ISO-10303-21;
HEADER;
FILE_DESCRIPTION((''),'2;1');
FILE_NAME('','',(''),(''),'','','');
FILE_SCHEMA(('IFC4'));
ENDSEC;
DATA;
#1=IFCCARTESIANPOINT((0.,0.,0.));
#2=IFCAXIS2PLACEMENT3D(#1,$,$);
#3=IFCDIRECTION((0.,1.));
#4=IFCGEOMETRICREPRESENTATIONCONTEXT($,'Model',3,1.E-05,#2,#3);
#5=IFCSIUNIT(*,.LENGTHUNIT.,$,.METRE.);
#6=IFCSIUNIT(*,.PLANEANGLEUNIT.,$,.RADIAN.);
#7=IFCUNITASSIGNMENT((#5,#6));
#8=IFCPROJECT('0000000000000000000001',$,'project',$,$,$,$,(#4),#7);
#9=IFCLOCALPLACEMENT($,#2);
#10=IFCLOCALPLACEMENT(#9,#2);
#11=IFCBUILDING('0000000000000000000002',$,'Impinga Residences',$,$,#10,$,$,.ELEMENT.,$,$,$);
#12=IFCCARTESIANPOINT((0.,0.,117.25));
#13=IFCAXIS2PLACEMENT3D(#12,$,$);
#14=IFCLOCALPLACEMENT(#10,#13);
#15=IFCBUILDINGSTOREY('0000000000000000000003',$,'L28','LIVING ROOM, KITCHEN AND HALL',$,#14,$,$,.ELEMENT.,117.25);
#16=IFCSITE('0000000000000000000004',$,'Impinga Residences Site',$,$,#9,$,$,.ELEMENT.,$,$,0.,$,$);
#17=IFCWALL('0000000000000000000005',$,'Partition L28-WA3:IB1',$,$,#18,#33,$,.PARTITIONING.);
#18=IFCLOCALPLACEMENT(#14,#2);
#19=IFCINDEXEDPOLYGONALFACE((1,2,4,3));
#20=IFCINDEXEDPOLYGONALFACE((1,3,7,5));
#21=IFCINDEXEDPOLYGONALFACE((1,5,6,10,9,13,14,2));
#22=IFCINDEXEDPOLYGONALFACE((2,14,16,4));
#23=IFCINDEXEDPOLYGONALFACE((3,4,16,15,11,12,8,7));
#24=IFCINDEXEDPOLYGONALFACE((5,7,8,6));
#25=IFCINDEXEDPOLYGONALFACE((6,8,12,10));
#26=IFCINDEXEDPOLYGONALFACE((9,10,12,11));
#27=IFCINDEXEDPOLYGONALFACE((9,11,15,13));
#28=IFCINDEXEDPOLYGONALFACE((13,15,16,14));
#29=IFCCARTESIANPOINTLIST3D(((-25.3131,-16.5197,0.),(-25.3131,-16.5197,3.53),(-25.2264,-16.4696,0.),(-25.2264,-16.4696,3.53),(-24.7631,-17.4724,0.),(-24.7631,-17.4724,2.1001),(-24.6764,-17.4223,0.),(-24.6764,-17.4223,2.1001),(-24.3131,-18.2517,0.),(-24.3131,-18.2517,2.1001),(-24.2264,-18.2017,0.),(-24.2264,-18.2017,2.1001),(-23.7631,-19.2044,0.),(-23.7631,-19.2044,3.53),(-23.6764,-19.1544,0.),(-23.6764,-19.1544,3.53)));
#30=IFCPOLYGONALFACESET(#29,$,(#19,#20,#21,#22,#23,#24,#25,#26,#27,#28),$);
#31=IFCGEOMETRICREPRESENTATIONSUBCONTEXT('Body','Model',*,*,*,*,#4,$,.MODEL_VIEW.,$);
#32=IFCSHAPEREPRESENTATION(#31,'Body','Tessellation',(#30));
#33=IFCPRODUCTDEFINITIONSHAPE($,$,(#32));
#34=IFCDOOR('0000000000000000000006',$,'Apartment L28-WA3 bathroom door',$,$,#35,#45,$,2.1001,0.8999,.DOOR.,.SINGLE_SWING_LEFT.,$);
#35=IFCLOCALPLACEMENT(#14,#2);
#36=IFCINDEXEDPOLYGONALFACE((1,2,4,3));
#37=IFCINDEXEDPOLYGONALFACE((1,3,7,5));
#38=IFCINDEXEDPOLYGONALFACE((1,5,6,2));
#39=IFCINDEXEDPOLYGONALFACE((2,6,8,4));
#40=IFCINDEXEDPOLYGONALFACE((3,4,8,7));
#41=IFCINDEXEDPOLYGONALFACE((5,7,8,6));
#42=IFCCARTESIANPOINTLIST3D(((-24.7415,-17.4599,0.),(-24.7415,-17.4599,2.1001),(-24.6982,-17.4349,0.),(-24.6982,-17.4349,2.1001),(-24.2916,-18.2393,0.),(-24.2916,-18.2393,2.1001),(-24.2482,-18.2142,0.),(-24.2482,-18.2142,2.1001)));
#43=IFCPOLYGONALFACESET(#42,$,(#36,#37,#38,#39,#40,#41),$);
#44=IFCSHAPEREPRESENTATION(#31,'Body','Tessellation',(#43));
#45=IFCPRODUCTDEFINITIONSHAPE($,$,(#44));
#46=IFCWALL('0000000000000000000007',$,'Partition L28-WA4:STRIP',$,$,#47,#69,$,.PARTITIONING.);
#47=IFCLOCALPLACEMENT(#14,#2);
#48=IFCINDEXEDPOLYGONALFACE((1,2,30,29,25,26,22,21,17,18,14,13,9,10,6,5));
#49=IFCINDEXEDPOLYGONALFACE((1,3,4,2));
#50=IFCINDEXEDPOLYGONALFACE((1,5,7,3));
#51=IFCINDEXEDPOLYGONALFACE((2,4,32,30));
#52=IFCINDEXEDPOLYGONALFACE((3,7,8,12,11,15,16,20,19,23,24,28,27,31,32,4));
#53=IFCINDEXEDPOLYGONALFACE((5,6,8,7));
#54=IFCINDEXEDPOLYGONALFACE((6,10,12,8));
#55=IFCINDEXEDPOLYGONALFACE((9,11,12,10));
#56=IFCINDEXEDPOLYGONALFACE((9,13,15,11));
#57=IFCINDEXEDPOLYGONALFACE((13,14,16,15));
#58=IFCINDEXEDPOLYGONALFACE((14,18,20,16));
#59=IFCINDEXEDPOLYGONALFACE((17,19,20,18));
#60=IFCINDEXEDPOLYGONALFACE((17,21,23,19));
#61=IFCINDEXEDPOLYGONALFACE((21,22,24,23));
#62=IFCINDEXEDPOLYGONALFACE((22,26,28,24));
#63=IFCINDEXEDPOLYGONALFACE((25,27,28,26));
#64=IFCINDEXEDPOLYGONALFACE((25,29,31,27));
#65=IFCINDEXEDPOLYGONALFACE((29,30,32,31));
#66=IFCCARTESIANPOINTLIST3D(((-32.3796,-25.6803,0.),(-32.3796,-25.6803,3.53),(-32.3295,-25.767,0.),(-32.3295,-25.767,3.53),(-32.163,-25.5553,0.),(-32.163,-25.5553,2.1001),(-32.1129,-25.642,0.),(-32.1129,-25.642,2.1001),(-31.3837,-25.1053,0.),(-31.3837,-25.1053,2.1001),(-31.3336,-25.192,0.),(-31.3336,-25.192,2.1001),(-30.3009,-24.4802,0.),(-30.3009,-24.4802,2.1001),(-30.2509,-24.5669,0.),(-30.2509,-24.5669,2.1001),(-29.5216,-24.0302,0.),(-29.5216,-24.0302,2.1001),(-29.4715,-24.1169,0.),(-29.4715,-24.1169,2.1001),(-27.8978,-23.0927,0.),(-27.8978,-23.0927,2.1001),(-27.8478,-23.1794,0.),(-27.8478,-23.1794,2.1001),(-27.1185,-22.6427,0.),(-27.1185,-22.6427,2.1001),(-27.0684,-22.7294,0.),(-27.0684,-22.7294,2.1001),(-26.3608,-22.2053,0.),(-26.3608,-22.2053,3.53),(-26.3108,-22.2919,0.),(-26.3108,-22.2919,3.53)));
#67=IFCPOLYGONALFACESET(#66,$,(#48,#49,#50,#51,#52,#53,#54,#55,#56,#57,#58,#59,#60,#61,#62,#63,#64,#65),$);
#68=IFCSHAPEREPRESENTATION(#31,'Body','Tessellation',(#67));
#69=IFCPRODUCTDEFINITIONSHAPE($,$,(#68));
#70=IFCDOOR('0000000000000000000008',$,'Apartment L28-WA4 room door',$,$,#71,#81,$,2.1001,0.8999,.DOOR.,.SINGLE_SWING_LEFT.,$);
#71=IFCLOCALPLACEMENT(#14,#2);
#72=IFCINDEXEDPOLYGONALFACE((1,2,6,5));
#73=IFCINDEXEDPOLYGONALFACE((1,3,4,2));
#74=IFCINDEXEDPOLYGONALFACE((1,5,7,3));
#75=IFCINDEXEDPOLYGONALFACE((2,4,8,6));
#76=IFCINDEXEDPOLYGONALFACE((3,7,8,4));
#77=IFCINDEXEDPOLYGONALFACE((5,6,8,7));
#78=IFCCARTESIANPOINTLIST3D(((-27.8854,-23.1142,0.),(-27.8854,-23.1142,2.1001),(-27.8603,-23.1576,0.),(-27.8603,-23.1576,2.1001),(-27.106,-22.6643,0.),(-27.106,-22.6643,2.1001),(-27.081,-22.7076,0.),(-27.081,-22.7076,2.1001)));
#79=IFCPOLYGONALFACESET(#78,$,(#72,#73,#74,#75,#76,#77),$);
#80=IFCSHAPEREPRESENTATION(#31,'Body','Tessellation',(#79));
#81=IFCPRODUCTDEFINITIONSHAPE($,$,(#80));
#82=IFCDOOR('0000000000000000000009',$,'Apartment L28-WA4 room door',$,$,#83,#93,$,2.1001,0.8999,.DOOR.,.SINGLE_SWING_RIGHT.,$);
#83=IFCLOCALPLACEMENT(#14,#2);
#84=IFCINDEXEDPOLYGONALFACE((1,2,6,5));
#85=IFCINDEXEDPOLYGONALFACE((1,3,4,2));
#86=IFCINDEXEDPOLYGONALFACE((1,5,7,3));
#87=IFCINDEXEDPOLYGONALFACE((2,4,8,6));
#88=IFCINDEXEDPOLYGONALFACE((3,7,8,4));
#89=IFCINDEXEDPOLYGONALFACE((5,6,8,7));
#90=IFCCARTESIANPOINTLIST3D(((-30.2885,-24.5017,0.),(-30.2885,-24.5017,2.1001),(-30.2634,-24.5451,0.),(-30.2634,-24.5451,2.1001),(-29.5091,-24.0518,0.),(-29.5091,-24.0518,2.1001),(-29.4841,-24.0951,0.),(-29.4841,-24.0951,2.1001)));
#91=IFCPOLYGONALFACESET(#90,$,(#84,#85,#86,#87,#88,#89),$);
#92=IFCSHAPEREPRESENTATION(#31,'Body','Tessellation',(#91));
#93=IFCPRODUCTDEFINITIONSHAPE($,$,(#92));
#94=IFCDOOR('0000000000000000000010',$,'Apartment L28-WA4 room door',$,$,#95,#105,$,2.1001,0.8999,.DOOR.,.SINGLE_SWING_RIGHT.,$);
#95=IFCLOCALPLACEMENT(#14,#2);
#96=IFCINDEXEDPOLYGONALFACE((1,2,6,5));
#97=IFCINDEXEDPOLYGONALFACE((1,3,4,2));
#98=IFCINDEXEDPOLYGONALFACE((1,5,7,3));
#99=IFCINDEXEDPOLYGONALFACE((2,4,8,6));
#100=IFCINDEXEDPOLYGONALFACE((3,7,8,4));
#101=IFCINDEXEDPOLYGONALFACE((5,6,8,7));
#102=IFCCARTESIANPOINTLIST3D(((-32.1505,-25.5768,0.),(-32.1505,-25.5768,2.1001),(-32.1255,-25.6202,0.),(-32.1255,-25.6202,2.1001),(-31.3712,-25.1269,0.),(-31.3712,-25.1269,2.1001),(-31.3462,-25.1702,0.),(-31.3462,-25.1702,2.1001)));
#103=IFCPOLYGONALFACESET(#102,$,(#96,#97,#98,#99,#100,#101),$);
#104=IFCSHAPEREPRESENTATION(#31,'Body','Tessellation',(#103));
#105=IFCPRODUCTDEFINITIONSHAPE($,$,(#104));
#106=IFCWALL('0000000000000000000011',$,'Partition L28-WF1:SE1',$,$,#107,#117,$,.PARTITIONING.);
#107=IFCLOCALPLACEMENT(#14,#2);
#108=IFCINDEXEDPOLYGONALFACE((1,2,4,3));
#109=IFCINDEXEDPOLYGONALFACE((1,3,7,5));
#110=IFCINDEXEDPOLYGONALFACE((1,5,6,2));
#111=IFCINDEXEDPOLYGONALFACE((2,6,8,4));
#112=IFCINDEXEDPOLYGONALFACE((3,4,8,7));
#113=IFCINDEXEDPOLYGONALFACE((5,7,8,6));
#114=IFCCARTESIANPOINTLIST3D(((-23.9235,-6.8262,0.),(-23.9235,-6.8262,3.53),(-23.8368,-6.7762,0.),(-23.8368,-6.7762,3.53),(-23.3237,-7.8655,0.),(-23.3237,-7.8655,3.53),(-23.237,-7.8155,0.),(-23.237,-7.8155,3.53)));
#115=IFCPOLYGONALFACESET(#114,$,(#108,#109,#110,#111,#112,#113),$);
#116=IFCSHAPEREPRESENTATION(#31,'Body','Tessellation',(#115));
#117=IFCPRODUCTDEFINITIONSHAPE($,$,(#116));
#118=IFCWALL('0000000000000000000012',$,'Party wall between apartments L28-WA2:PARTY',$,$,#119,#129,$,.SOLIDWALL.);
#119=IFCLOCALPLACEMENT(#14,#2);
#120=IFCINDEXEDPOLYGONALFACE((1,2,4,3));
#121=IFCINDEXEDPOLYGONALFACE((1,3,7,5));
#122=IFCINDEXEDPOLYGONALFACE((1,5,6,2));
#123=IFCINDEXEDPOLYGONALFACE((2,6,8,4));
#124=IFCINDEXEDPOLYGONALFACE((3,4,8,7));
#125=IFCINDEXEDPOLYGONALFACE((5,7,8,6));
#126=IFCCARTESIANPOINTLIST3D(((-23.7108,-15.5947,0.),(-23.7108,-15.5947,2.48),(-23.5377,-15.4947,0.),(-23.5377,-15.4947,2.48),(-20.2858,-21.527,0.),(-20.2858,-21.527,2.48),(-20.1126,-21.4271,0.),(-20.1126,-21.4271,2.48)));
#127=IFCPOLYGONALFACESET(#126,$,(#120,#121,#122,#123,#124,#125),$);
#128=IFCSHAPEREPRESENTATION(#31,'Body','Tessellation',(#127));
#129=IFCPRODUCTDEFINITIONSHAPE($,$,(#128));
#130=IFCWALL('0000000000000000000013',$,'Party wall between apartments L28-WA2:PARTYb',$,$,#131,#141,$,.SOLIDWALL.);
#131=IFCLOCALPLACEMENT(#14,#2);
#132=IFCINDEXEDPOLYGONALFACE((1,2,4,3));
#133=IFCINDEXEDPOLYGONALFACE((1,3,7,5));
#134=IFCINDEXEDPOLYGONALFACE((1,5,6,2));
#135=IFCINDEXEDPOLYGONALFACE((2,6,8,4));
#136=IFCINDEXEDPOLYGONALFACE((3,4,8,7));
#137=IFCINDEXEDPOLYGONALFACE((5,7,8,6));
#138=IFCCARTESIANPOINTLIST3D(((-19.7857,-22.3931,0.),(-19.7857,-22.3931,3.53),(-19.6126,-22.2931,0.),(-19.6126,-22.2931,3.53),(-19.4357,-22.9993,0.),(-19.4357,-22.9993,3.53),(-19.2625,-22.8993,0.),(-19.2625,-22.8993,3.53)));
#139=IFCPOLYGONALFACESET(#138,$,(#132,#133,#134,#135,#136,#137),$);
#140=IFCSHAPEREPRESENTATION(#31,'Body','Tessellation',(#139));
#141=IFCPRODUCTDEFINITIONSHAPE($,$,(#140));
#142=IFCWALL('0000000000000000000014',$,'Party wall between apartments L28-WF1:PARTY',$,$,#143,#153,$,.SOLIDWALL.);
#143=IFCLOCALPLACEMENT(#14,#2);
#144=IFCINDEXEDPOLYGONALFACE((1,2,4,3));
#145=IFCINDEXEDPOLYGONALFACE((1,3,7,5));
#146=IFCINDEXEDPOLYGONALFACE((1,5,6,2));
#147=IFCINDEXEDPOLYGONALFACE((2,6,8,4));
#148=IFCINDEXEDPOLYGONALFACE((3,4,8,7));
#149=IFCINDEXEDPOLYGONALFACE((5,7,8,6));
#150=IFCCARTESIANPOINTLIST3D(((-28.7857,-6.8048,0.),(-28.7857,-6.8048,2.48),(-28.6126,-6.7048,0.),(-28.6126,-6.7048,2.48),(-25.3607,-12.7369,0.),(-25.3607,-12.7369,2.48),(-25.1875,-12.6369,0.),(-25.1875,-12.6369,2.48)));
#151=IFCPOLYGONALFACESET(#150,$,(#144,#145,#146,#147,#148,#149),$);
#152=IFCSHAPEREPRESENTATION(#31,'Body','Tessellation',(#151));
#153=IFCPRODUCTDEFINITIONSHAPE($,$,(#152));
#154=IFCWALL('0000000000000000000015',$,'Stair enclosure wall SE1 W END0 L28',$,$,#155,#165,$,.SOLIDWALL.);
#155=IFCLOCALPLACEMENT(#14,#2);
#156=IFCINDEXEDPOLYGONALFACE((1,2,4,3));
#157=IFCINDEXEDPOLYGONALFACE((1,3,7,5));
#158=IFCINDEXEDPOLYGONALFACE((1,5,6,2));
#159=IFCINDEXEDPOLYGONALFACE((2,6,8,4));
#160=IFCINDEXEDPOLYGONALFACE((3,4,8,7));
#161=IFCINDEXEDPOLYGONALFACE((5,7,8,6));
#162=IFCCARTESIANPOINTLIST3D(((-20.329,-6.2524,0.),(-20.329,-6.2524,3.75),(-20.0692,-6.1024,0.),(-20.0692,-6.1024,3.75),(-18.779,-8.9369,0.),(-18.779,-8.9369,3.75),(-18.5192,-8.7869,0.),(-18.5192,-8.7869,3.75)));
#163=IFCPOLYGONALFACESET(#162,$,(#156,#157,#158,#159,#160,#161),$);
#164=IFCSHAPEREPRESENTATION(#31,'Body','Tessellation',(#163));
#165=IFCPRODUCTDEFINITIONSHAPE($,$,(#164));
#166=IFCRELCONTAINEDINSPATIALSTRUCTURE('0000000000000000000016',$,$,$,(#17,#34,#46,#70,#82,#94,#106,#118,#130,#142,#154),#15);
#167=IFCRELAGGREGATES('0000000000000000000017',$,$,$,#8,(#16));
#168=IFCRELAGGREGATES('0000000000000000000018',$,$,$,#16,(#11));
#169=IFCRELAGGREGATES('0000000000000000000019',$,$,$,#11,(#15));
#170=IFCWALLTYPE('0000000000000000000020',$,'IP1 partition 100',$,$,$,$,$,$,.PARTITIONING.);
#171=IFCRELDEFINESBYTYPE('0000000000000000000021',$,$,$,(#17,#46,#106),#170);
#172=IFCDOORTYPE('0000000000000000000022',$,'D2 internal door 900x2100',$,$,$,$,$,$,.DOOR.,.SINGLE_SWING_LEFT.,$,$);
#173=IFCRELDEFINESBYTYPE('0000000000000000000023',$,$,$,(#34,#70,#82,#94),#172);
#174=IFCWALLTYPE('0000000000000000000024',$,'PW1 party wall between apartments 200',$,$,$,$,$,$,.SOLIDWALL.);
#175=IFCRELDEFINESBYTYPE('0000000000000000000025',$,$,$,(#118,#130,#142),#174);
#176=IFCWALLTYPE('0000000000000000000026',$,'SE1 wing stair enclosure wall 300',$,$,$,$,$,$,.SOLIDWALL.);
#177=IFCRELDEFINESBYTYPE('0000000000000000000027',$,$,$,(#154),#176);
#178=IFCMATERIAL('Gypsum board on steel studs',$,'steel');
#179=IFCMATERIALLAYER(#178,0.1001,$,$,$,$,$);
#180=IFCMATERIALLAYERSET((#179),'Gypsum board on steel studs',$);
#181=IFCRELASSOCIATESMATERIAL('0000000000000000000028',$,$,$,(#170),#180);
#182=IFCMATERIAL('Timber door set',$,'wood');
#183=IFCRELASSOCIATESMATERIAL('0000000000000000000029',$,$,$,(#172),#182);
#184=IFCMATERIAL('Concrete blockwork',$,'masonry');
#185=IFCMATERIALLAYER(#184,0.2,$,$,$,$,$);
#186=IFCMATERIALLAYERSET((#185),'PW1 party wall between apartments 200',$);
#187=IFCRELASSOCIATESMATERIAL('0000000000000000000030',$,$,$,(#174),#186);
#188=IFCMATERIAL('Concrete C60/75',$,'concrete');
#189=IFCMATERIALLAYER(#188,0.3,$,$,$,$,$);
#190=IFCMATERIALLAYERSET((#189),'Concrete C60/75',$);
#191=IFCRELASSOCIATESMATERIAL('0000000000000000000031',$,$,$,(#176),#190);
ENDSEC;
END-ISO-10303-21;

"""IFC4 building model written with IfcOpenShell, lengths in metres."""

from ifc_helpers import new_model, si_unit, direction, frame, frame_2d, origin, place, context, subcontext, project, spatial, rectangle, extrude, material, layer, layer_set, type_object, element, fill, save


model = new_model("IFC4")

# Units and contexts
model_context = context("Model", 3, precision=1e-05, world=origin(), true_north=direction((0.0, 1.0)))
body_context = subcontext(model_context, "Body", "Model", "MODEL_VIEW")
ifc_project = project(units=[si_unit("LENGTHUNIT", "METRE"), si_unit("PLANEANGLEUNIT", "RADIAN")], contexts=[model_context])

# Site, building, storey
site_placement = place(None, origin())
site = spatial("IfcSite", under=ifc_project, at=site_placement, Name="Impinga Residences Site", CompositionType="ELEMENT", RefElevation=0.0)
building_placement = place(site_placement, origin())
building = spatial("IfcBuilding", under=site, at=building_placement, Name="Impinga Residences", CompositionType="ELEMENT")
storey_placement = place(building_placement, frame((0.0, 0.0, 117.25)))
storey = spatial("IfcBuildingStorey", under=building, at=storey_placement, Name="L28", Description="LIVING ROOM, KITCHEN AND HALL", CompositionType="ELEMENT", Elevation=117.25)

# Shared definitions
ifc_material_1 = material(Name="Concrete C60/75", Category="concrete")

# Shared definitions
ifc_material_2 = material(Name="Gypsum board on steel studs", Category="steel")
ifc_layer_1 = layer(ifc_material_2, 0.1001)
ifc_layer_set_1 = layer_set([ifc_layer_1], Name="Gypsum board on steel studs")
wall_type_1 = type_object("IfcWallType", Name="IP1 partition 100", PredefinedType="PARTITIONING", material=ifc_layer_set_1)

# Shared definitions
ifc_material_3 = material(Name="Timber door set", Category="wood")
door_type = type_object("IfcDoorType", Name="D2 internal door 900x2100", OperationType="SINGLE_SWING_LEFT", PredefinedType="DOOR", material=ifc_material_3)

# Wall, opening, door
wall_1_placement = place(storey_placement, frame((-25.2698, -16.4946, 0.0), z_axis=(0.0, 0.0, 1.0), x_axis=(0.499993, -0.86603, 0.0)))
wall_1 = element("IfcWall", 1, at=wall_1_placement, inside=storey, type_object=wall_type_1, Name="Partition L28-WA3:IB1", PredefinedType="PARTITIONING", context=body_context, shape_type="SweptSolid", body=[
    extrude(rectangle(XDim=3.1001, YDim=0.1001, at=frame_2d((1.55, 0.0))), origin(), (0.0, 0.0, 1.0), 3.53),
])
opening_1_placement = place(wall_1_placement, frame((1.1001, 0.0, 0.0)))
opening_1 = element("IfcOpeningElement", 2, at=opening_1_placement, cuts=wall_1, PredefinedType="OPENING", context=body_context, shape_type="SweptSolid", body=[
    extrude(rectangle(XDim=0.8999, YDim=2.1001, at=frame_2d((0.45, 1.05))), frame((0.0, 0.0601, 0.0), z_axis=(0.0, -1.0, 0.0), x_axis=(1.0, 0.0, 0.0)), (0.0, 0.0, 1.0), 0.1201),
])
door_1_placement = place(opening_1_placement, origin())
door_1 = element("IfcDoor", 3, at=door_1_placement, inside=storey, type_object=door_type, Name="Apartment L28-WA3 bathroom door", OperationType="SINGLE_SWING_LEFT", OverallHeight=2.1001, OverallWidth=0.8999, PredefinedType="DOOR", context=body_context, shape_type="SweptSolid", body=[
    extrude(rectangle(XDim=0.8999, YDim=2.1001, at=frame_2d((0.45, 1.05))), frame((0.0, 0.0249, 0.0), z_axis=(0.0, -1.0, 0.0), x_axis=(1.0, 0.0, 0.0)), (0.0, 0.0, 1.0), 0.05),
])
fill(opening_1, door_1)

# Wall, openings, doors
wall_2_placement = place(storey_placement, frame((-26.3357, -22.2485, 0.0), z_axis=(0.0, 0.0, 1.0), x_axis=(-0.866017, -0.500015, 0.0)))
wall_2 = element("IfcWall", 4, at=wall_2_placement, inside=storey, type_object=wall_type_1, Name="Partition L28-WA4:STRIP", PredefinedType="PARTITIONING", context=body_context, shape_type="SweptSolid", body=[
    extrude(rectangle(XDim=6.95, YDim=0.1001, at=frame_2d((3.4751, 0.0))), origin(), (0.0, 0.0, 1.0), 3.53),
])
opening_2_placement = place(wall_2_placement, frame((0.875, 0.0, 0.0)))
opening_2 = element("IfcOpeningElement", 5, at=opening_2_placement, cuts=wall_2, PredefinedType="OPENING", context=body_context, shape_type="SweptSolid", body=[
    extrude(rectangle(XDim=0.8999, YDim=2.1001, at=frame_2d((0.45, 1.05))), frame((0.0, 0.0601, 0.0), z_axis=(0.0, -1.0, 0.0), x_axis=(1.0, 0.0, 0.0)), (0.0, 0.0, 1.0), 0.1201),
])
opening_3_placement = place(wall_2_placement, frame((3.6499, 0.0, 0.0)))
opening_3 = element("IfcOpeningElement", 6, at=opening_3_placement, cuts=wall_2, PredefinedType="OPENING", context=body_context, shape_type="SweptSolid", body=[
    extrude(rectangle(XDim=0.8999, YDim=2.1001, at=frame_2d((0.45, 1.05))), frame((0.0, 0.0601, 0.0), z_axis=(0.0, -1.0, 0.0), x_axis=(1.0, 0.0, 0.0)), (0.0, 0.0, 1.0), 0.1201),
])
opening_4_placement = place(wall_2_placement, frame((5.8, 0.0, 0.0)))
opening_4 = element("IfcOpeningElement", 7, at=opening_4_placement, cuts=wall_2, PredefinedType="OPENING", context=body_context, shape_type="SweptSolid", body=[
    extrude(rectangle(XDim=0.8999, YDim=2.1001, at=frame_2d((0.45, 1.05))), frame((0.0, 0.0601, 0.0), z_axis=(0.0, -1.0, 0.0), x_axis=(1.0, 0.0, 0.0)), (0.0, 0.0, 1.0), 0.1201),
])
door_2_placement = place(opening_2_placement, origin())
door_2 = element("IfcDoor", 8, at=door_2_placement, inside=storey, type_object=door_type, Name="Apartment L28-WA4 room door", OperationType="SINGLE_SWING_LEFT", OverallHeight=2.1001, OverallWidth=0.8999, PredefinedType="DOOR", context=body_context, shape_type="SweptSolid", body=[
    extrude(rectangle(XDim=0.8999, YDim=2.1001, at=frame_2d((0.45, 1.05))), frame((0.0, 0.0249, 0.0), z_axis=(0.0, -1.0, 0.0), x_axis=(1.0, 0.0, 0.0)), (0.0, 0.0, 1.0), 0.05),
])
fill(opening_2, door_2)
door_3_placement = place(opening_3_placement, origin())
door_3 = element("IfcDoor", 9, at=door_3_placement, inside=storey, type_object=door_type, Name="Apartment L28-WA4 room door", OperationType="SINGLE_SWING_RIGHT", OverallHeight=2.1001, OverallWidth=0.8999, PredefinedType="DOOR", context=body_context, shape_type="SweptSolid", body=[
    extrude(rectangle(XDim=0.8999, YDim=2.1001, at=frame_2d((0.45, 1.05))), frame((0.0, 0.0249, 0.0), z_axis=(0.0, -1.0, 0.0), x_axis=(1.0, 0.0, 0.0)), (0.0, 0.0, 1.0), 0.05),
])
fill(opening_3, door_3)
door_4_placement = place(opening_4_placement, origin())
door_4 = element("IfcDoor", 10, at=door_4_placement, inside=storey, type_object=door_type, Name="Apartment L28-WA4 room door", OperationType="SINGLE_SWING_RIGHT", OverallHeight=2.1001, OverallWidth=0.8999, PredefinedType="DOOR", context=body_context, shape_type="SweptSolid", body=[
    extrude(rectangle(XDim=0.8999, YDim=2.1001, at=frame_2d((0.45, 1.05))), frame((0.0, 0.0249, 0.0), z_axis=(0.0, -1.0, 0.0), x_axis=(1.0, 0.0, 0.0)), (0.0, 0.0, 1.0), 0.05),
])
fill(opening_4, door_4)

# Walls
wall_3_placement = place(storey_placement, frame((-23.2803, -7.8406, 0.0), z_axis=(0.0, 0.0, 1.0), x_axis=(-0.499881, 0.866094, 0.0)))
element("IfcWall", 11, at=wall_3_placement, inside=storey, type_object=wall_type_1, Name="Partition L28-WF1:SE1", PredefinedType="PARTITIONING", context=body_context, shape_type="SweptSolid", body=[
    extrude(rectangle(XDim=1.2, YDim=0.1001, at=frame_2d((0.6001, 0.0))), origin(), (0.0, 0.0, 1.0), 3.53),
])
ifc_material_4 = material(Name="Concrete blockwork", Category="masonry")
ifc_layer_2 = layer(ifc_material_4, 0.2)
ifc_layer_set_2 = layer_set([ifc_layer_2], Name="PW1 party wall between apartments 200")
wall_type_2 = type_object("IfcWallType", Name="PW1 party wall between apartments 200", PredefinedType="SOLIDWALL", material=ifc_layer_set_2)
wall_4_placement = place(storey_placement, frame((-23.6243, -15.5447, 0.0), z_axis=(0.0, 0.0, 1.0), x_axis=(0.499999, -0.866026, 0.0)))
element("IfcWall", 12, at=wall_4_placement, inside=storey, type_object=wall_type_2, Name="Party wall between apartments L28-WA2:PARTY", PredefinedType="SOLIDWALL", context=body_context, shape_type="SweptSolid", body=[
    extrude(rectangle(XDim=6.8501, YDim=0.2, at=frame_2d((3.425, 0.0))), origin(), (0.0, 0.0, 1.0), 2.48),
])
wall_5_placement = place(storey_placement, frame((-19.6992, -22.343, 0.0), z_axis=(0.0, 0.0, 1.0), x_axis=(0.500115, -0.865959, 0.0)))
element("IfcWall", 13, at=wall_5_placement, inside=storey, type_object=wall_type_2, Name="Party wall between apartments L28-WA2:PARTYb", PredefinedType="SOLIDWALL", context=body_context, shape_type="SweptSolid", body=[
    extrude(rectangle(XDim=0.7, YDim=0.2, at=frame_2d((0.3501, 0.0))), origin(), (0.0, 0.0, 1.0), 3.53),
])
wall_6_placement = place(storey_placement, frame((-25.2742, -12.6868, 0.0), z_axis=(0.0, 0.0, 1.0), x_axis=(-0.500015, 0.866017, 0.0)))
element("IfcWall", 14, at=wall_6_placement, inside=storey, type_object=wall_type_2, Name="Party wall between apartments L28-WF1:PARTY", PredefinedType="SOLIDWALL", context=body_context, shape_type="SweptSolid", body=[
    extrude(rectangle(XDim=6.8499, YDim=0.2, at=frame_2d((3.4248, 0.0))), origin(), (0.0, 0.0, 1.0), 2.48),
])
ifc_layer_3 = layer(ifc_material_1, 0.3)
ifc_layer_set_3 = layer_set([ifc_layer_3], Name="Concrete C60/75")
wall_type_3 = type_object("IfcWallType", Name="SE1 wing stair enclosure wall 300", PredefinedType="SOLIDWALL", material=ifc_layer_set_3)
wall_7_placement = place(storey_placement, frame((-18.6492, -8.8618, 0.0), z_axis=(0.0, 0.0, 1.0), x_axis=(-0.500027, 0.86601, 0.0)))
element("IfcWall", 15, at=wall_7_placement, inside=storey, type_object=wall_type_3, Name="Stair enclosure wall SE1 W END0 L28", PredefinedType="SOLIDWALL", context=body_context, shape_type="SweptSolid", body=[
    extrude(rectangle(XDim=3.0999, YDim=0.3, at=frame_2d((1.5498, 0.0))), origin(), (0.0, 0.0, 1.0), 3.75),
])

save(model, "model.ifc")
